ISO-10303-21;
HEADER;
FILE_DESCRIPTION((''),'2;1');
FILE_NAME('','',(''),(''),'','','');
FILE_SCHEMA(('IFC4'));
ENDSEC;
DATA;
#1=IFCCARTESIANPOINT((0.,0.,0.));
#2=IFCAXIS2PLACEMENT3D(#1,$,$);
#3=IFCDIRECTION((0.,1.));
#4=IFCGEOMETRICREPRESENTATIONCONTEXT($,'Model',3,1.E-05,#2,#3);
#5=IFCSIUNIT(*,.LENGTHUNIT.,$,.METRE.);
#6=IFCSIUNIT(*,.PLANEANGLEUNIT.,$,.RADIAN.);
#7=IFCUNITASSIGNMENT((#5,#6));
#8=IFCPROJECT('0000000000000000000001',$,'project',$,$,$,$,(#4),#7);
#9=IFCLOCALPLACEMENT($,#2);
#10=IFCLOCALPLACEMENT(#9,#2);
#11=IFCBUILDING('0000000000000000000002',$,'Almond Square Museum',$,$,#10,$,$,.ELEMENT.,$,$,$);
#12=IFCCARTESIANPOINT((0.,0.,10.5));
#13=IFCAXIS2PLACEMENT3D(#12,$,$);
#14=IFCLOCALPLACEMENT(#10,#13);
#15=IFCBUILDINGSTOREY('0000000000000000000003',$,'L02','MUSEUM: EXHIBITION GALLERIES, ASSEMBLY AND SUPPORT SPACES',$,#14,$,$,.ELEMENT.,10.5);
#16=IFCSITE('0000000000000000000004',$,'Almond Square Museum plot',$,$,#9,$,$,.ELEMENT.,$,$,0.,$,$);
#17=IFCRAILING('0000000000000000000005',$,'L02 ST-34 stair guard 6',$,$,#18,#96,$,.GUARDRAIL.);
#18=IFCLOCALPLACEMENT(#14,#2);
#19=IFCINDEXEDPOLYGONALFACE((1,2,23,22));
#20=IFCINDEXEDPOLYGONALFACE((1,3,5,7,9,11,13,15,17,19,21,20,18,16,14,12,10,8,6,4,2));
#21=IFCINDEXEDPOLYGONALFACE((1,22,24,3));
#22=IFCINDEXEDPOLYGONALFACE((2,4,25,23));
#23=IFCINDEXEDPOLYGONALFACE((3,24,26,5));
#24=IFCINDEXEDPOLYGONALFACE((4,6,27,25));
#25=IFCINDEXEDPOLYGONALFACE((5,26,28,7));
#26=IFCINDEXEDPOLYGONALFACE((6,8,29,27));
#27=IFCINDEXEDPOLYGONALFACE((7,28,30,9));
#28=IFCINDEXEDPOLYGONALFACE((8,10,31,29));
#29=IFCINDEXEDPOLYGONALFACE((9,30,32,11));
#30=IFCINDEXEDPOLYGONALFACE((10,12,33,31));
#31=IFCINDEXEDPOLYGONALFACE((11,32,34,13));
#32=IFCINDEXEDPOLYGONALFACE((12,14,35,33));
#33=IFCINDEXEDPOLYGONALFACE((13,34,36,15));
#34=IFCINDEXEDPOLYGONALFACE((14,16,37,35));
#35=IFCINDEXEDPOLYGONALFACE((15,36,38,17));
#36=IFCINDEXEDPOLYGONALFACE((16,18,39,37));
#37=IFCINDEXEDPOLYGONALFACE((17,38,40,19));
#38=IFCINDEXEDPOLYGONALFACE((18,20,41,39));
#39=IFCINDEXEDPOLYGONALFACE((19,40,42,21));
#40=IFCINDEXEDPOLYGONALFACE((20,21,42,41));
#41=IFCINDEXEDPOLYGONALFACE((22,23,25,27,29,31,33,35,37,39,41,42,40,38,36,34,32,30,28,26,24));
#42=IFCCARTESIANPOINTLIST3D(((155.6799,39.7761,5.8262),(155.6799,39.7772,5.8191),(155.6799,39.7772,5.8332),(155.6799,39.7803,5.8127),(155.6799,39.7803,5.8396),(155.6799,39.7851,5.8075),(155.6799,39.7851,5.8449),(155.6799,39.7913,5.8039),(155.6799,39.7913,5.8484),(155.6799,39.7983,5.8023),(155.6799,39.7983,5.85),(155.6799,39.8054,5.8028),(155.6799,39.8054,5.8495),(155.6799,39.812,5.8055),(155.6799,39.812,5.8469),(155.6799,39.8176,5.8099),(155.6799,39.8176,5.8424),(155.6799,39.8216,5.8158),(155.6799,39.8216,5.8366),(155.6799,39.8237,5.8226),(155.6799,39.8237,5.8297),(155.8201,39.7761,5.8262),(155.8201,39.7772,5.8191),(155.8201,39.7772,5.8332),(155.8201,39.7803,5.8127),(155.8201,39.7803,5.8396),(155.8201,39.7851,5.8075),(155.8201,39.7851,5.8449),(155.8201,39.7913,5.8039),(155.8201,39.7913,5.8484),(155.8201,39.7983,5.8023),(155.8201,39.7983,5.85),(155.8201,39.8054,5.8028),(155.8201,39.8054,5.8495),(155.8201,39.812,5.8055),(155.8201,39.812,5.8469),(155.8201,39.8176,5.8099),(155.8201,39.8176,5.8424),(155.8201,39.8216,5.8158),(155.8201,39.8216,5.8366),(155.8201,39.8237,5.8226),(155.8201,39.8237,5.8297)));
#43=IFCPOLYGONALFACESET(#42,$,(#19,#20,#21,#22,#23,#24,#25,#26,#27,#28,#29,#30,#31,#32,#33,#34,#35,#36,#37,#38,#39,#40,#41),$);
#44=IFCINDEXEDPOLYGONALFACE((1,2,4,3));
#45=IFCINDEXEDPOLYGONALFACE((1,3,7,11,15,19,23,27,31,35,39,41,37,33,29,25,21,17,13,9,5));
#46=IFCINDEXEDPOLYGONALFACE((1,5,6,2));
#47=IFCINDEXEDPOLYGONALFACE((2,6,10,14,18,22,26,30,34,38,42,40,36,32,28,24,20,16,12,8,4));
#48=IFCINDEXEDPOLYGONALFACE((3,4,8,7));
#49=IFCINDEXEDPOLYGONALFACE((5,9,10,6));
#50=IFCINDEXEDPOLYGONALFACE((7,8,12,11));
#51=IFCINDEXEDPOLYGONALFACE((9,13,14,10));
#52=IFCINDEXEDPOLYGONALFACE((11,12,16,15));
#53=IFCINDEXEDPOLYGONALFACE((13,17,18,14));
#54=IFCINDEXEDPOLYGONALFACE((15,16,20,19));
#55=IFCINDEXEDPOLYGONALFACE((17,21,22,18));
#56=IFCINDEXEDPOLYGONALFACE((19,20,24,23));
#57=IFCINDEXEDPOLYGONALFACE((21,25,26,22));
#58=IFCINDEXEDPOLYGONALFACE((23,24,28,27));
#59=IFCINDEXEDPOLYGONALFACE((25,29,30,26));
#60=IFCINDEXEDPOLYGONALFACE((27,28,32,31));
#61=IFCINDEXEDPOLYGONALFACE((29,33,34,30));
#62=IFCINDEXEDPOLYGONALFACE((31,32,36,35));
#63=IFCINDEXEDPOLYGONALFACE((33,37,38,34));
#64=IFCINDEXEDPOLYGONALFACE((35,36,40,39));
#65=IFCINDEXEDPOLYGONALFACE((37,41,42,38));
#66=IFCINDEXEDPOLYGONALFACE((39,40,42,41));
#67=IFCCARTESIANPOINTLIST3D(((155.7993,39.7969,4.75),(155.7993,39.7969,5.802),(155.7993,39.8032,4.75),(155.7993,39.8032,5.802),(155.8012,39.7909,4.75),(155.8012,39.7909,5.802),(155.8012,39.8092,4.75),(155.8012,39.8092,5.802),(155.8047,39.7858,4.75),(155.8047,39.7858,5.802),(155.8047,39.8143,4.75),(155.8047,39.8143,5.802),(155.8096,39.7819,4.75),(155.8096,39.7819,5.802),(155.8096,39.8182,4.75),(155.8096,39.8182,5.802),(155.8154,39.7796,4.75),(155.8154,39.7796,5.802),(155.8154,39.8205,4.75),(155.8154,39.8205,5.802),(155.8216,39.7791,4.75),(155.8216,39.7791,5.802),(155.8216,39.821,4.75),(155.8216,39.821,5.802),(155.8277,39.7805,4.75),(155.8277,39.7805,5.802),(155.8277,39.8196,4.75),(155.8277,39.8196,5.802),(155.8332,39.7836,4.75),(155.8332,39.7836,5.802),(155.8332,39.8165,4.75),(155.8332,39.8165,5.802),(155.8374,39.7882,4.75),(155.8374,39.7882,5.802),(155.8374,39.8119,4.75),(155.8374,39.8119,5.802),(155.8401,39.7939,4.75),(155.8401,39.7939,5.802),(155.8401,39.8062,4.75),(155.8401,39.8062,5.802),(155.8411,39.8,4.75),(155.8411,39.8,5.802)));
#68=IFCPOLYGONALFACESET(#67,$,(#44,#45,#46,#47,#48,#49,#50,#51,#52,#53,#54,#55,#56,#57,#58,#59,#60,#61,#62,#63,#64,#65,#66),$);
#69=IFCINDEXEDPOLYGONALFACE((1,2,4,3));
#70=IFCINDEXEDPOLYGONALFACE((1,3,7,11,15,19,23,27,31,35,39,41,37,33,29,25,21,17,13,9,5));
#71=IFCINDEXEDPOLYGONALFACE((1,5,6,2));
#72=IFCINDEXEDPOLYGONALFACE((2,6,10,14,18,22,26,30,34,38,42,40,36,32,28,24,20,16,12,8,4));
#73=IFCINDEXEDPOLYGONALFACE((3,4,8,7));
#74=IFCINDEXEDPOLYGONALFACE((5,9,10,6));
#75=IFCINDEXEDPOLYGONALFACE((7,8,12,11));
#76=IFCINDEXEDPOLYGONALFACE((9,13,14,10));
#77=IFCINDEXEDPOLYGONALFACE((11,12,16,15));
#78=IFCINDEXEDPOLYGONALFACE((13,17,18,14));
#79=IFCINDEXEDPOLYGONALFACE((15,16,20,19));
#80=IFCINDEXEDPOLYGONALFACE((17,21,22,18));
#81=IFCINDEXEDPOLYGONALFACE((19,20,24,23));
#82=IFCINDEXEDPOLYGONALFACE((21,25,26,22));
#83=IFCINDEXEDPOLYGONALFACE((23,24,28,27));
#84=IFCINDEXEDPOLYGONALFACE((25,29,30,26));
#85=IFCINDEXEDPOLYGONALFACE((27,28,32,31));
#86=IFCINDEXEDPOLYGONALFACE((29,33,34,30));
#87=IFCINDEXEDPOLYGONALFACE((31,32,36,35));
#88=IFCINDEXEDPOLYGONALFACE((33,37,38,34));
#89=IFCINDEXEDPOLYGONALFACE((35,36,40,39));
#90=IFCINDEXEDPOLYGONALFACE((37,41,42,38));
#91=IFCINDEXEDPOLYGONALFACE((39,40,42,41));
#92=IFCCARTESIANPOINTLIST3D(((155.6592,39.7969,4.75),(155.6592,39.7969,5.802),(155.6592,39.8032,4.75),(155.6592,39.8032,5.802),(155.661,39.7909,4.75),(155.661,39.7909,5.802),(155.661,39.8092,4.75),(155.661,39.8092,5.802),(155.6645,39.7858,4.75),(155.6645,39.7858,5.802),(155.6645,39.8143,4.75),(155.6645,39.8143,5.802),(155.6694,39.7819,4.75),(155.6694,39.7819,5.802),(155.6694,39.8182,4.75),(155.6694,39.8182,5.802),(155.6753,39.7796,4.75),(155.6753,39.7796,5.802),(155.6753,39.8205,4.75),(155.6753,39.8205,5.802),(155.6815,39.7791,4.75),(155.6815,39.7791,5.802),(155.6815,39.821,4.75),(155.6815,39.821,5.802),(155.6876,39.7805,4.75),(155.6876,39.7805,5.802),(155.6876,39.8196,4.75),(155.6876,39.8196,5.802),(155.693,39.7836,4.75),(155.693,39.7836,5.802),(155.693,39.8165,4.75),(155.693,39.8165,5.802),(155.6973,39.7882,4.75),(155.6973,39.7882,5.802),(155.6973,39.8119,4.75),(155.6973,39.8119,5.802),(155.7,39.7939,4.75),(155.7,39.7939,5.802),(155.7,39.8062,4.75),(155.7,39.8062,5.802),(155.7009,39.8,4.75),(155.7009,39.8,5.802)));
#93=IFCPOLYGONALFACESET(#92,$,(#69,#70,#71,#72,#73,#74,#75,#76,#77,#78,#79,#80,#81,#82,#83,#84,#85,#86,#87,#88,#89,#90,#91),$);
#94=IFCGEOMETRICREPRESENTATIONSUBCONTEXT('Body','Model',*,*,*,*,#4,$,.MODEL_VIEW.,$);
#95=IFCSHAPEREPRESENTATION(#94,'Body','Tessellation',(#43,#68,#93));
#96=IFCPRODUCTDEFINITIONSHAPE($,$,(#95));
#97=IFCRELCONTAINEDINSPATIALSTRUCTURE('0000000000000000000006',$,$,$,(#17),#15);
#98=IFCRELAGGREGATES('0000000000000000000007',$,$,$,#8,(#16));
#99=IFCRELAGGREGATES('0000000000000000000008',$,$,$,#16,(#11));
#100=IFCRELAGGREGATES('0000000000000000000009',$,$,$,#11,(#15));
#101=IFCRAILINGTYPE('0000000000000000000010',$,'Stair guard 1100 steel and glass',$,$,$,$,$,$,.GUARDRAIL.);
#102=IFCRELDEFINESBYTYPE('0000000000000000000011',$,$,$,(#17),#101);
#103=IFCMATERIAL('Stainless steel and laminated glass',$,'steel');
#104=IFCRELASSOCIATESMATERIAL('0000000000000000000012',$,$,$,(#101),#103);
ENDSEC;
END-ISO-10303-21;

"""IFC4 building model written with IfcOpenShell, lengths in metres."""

from ifc_helpers import new_model, si_unit, direction, frame, origin, origin_2d, place, context, subcontext, project, spatial, circle, extrude, material, type_object, element, save


model = new_model("IFC4")

# Units and contexts
model_context = context("Model", 3, precision=1e-05, world=origin(), true_north=direction((0.0, 1.0)))
body_context = subcontext(model_context, "Body", "Model", "MODEL_VIEW")
ifc_project = project(units=[si_unit("LENGTHUNIT", "METRE"), si_unit("PLANEANGLEUNIT", "RADIAN")], contexts=[model_context])

# Site, building, storey
site_placement = place(None, origin())
site = spatial("IfcSite", under=ifc_project, at=site_placement, Name="Almond Square Museum plot", CompositionType="ELEMENT", RefElevation=0.0)
building_placement = place(site_placement, origin())
building = spatial("IfcBuilding", under=site, at=building_placement, Name="Almond Square Museum", CompositionType="ELEMENT")
storey_placement = place(building_placement, frame((0.0, 0.0, 10.5)))
storey = spatial("IfcBuildingStorey", under=building, at=storey_placement, Name="L02", Description="MUSEUM: EXHIBITION GALLERIES, ASSEMBLY AND SUPPORT SPACES", CompositionType="ELEMENT", Elevation=10.5)

# Railing
ifc_material_1 = material(Name="Stainless steel and laminated glass", Category="steel")
railing_type_1 = type_object("IfcRailingType", Name="Stair guard 1100 steel and glass", PredefinedType="GUARDRAIL", material=ifc_material_1)
railing_1_placement = place(storey_placement, frame((155.8201, 39.8, 4.75)))
element("IfcRailing", 1, at=railing_1_placement, inside=storey, type_object=railing_type_1, Name="L02 ST-34 stair guard 6", PredefinedType="GUARDRAIL", context=body_context, shape_type="SweptSolid", body=[
    extrude(circle(Radius=0.0239, at=origin_2d()), frame((0.0, 0.0, 1.0762), z_axis=(-1.0, 0.0, 0.0), x_axis=(0.0, -1.0, 0.0)), (0.0, 0.0, 1.0), 0.1401),
    extrude(circle(Radius=0.021, at=origin_2d()), origin(), (0.0, 0.0, 1.0), 1.052),
    extrude(circle(Radius=0.021, at=origin_2d()), frame((-0.1401, 0.0, 0.0)), (0.0, 0.0, 1.0), 1.052),
])

save(model, "model.ifc")
